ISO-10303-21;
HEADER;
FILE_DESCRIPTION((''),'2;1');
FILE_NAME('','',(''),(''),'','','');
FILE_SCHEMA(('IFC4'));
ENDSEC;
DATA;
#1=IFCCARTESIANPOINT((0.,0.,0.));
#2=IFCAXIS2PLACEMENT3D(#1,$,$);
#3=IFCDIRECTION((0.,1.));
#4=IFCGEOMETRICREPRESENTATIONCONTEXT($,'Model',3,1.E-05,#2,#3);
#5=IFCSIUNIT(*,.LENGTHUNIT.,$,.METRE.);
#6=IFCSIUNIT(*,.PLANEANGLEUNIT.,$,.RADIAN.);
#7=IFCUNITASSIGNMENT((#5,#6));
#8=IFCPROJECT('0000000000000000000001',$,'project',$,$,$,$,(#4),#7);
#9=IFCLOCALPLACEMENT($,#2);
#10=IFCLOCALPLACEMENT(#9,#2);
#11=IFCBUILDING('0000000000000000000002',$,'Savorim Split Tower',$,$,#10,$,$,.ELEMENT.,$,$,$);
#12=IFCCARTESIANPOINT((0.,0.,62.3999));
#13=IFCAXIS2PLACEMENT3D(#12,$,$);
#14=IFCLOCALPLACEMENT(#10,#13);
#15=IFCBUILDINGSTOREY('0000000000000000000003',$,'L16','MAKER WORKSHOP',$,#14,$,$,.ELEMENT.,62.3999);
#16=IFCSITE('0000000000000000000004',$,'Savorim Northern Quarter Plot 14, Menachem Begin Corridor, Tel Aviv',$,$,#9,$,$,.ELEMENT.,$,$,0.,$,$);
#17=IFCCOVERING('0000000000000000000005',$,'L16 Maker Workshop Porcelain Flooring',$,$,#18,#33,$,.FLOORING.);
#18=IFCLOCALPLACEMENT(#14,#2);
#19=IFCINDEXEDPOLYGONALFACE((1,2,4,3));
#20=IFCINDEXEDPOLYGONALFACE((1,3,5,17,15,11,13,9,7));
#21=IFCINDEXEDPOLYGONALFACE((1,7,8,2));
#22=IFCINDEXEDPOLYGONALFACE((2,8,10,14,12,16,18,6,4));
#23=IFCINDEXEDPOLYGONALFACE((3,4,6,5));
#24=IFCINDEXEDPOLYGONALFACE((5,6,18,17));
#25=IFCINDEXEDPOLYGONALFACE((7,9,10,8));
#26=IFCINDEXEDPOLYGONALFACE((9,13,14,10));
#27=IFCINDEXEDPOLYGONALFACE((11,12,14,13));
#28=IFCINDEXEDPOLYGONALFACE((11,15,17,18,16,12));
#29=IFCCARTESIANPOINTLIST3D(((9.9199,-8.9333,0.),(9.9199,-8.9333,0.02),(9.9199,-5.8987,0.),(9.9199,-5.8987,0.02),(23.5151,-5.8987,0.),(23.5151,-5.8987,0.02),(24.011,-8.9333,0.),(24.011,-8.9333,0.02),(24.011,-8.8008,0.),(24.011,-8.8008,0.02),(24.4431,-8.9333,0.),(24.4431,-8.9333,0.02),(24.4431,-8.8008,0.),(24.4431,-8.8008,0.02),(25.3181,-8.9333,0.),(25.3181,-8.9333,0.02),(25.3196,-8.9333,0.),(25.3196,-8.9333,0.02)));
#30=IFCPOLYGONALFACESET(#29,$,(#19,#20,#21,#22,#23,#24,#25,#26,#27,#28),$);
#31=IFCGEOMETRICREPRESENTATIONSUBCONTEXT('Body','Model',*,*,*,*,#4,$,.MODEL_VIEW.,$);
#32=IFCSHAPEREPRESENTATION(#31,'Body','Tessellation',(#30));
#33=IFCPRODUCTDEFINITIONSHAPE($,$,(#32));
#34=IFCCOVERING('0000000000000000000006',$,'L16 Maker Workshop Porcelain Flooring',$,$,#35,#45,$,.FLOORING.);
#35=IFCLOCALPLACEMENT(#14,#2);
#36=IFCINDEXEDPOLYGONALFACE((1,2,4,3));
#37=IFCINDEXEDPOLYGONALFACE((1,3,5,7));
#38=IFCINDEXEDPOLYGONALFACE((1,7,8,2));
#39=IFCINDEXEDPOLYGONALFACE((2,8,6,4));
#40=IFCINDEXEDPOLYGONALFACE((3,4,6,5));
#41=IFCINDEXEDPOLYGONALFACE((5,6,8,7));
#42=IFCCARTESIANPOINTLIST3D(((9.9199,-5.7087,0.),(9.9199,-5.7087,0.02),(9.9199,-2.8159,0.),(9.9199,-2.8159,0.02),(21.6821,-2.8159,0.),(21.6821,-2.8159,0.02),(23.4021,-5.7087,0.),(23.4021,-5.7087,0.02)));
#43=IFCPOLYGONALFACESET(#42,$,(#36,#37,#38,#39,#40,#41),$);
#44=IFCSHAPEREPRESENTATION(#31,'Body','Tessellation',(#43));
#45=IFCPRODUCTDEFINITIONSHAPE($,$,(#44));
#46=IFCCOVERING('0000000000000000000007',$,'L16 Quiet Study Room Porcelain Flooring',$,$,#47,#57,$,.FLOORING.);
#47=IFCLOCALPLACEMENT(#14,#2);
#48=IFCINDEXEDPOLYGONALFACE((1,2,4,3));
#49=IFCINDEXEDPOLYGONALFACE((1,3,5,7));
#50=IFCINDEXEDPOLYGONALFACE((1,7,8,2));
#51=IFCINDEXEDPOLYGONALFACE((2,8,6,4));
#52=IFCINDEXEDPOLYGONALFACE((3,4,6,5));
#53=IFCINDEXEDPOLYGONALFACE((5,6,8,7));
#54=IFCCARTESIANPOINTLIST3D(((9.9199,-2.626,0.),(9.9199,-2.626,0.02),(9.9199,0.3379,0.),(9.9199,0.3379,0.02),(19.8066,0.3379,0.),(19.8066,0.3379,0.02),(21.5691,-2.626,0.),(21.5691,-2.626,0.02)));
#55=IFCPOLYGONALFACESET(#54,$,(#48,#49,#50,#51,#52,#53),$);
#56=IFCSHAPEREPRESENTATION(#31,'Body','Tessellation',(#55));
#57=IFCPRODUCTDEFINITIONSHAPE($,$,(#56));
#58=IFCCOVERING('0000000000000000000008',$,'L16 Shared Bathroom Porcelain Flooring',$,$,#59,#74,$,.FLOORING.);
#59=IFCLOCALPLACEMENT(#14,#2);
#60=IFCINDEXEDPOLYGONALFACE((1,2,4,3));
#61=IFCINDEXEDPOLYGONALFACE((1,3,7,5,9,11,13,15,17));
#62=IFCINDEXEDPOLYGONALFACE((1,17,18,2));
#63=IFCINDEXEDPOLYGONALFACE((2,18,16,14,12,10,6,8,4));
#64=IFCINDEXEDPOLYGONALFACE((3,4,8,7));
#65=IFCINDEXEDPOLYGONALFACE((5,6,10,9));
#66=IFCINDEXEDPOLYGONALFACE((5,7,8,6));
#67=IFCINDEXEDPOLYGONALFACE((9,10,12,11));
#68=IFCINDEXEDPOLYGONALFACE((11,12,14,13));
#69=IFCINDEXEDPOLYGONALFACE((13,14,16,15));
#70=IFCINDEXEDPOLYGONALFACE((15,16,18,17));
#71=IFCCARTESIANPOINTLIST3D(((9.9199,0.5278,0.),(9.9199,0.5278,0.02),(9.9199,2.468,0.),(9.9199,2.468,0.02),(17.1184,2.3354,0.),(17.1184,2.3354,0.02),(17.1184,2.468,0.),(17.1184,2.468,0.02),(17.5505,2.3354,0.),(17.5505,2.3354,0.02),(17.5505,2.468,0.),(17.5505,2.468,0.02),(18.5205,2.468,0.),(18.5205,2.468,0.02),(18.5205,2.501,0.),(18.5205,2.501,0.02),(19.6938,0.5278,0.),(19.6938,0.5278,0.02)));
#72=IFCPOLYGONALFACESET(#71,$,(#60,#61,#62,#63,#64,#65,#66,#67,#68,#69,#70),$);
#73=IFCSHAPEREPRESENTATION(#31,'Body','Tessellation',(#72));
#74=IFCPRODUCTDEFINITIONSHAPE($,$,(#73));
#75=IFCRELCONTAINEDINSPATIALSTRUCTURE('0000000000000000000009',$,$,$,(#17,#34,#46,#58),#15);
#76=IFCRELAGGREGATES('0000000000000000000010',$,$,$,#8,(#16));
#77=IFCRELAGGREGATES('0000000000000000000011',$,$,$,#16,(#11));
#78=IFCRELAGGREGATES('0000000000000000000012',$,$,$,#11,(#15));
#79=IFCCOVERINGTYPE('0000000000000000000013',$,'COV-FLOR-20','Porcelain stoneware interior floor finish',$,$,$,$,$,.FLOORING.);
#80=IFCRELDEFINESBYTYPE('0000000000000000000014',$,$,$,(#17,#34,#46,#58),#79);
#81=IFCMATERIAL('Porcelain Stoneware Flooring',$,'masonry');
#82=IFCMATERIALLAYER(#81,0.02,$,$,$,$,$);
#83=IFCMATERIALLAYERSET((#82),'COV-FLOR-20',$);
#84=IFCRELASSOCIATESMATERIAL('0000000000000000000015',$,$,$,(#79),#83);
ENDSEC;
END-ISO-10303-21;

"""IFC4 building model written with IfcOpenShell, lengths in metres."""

from ifc_helpers import new_model, si_unit, direction, frame, origin, place, context, subcontext, project, spatial, polyline, outline, extrude, material, layer, layer_set, type_object, element, save


model = new_model("IFC4")

# Units and contexts
model_context = context("Model", 3, precision=1e-05, world=origin(), true_north=direction((0.0, 1.0)))
body_context = subcontext(model_context, "Body", "Model", "MODEL_VIEW")
ifc_project = project(units=[si_unit("LENGTHUNIT", "METRE"), si_unit("PLANEANGLEUNIT", "RADIAN")], contexts=[model_context])

# Site, building, storey
site_placement = place(None, origin())
site = spatial("IfcSite", under=ifc_project, at=site_placement, Name="Savorim Northern Quarter Plot 14, Menachem Begin Corridor, Tel Aviv", CompositionType="ELEMENT", RefElevation=0.0)
building_placement = place(site_placement, origin())
building = spatial("IfcBuilding", under=site, at=building_placement, Name="Savorim Split Tower", CompositionType="ELEMENT")
storey_placement = place(building_placement, frame((0.0, 0.0, 62.3999)))
storey = spatial("IfcBuildingStorey", under=building, at=storey_placement, Name="L16", Description="MAKER WORKSHOP", CompositionType="ELEMENT", Elevation=62.3999)

# Coverings
ifc_material_1 = material(Name="Porcelain Stoneware Flooring", Category="masonry")
ifc_layer_1 = layer(ifc_material_1, 0.02)
ifc_layer_set_1 = layer_set([ifc_layer_1], Name="COV-FLOR-20")
covering_type_1 = type_object("IfcCoveringType", Name="COV-FLOR-20", Description="Porcelain stoneware interior floor finish", PredefinedType="FLOORING", material=ifc_layer_set_1)
covering_1_placement = place(storey_placement, origin())
element("IfcCovering", 1, at=covering_1_placement, inside=storey, type_object=covering_type_1, Name="L16 Maker Workshop Porcelain Flooring", PredefinedType="FLOORING", context=body_context, shape_type="SweptSolid", body=[
    extrude(outline(polyline([(24.4431, -8.8008), (24.4431, -8.9333), (25.3181, -8.9333), (25.3196, -8.9333), (23.5151, -5.8987), (9.9199, -5.8987), (9.9199, -8.9333), (24.011, -8.9333), (24.011, -8.8008), (24.4431, -8.8008)])), origin(), (0.0, 0.0, 1.0), 0.02),
])
covering_2_placement = place(storey_placement, origin())
element("IfcCovering", 2, at=covering_2_placement, inside=storey, type_object=covering_type_1, Name="L16 Maker Workshop Porcelain Flooring", PredefinedType="FLOORING", context=body_context, shape_type="SweptSolid", body=[
    extrude(outline(polyline([(23.4021, -5.7087), (21.6821, -2.8159), (9.9199, -2.8159), (9.9199, -5.7087), (23.4021, -5.7087)])), origin(), (0.0, 0.0, 1.0), 0.02),
])
covering_3_placement = place(storey_placement, origin())
element("IfcCovering", 3, at=covering_3_placement, inside=storey, type_object=covering_type_1, Name="L16 Quiet Study Room Porcelain Flooring", PredefinedType="FLOORING", context=body_context, shape_type="SweptSolid", body=[
    extrude(outline(polyline([(21.5691, -2.626), (19.8066, 0.3379), (9.9199, 0.3379), (9.9199, -2.626), (21.5691, -2.626)])), origin(), (0.0, 0.0, 1.0), 0.02),
])
covering_4_placement = place(storey_placement, origin())
element("IfcCovering", 4, at=covering_4_placement, inside=storey, type_object=covering_type_1, Name="L16 Shared Bathroom Porcelain Flooring", PredefinedType="FLOORING", context=body_context, shape_type="SweptSolid", body=[
    extrude(outline(polyline([(17.1184, 2.3354), (17.1184, 2.468), (9.9199, 2.468), (9.9199, 0.5278), (19.6938, 0.5278), (18.5205, 2.501), (18.5205, 2.468), (17.5505, 2.468), (17.5505, 2.3354), (17.1184, 2.3354)])), origin(), (0.0, 0.0, 1.0), 0.02),
])

save(model, "model.ifc")
